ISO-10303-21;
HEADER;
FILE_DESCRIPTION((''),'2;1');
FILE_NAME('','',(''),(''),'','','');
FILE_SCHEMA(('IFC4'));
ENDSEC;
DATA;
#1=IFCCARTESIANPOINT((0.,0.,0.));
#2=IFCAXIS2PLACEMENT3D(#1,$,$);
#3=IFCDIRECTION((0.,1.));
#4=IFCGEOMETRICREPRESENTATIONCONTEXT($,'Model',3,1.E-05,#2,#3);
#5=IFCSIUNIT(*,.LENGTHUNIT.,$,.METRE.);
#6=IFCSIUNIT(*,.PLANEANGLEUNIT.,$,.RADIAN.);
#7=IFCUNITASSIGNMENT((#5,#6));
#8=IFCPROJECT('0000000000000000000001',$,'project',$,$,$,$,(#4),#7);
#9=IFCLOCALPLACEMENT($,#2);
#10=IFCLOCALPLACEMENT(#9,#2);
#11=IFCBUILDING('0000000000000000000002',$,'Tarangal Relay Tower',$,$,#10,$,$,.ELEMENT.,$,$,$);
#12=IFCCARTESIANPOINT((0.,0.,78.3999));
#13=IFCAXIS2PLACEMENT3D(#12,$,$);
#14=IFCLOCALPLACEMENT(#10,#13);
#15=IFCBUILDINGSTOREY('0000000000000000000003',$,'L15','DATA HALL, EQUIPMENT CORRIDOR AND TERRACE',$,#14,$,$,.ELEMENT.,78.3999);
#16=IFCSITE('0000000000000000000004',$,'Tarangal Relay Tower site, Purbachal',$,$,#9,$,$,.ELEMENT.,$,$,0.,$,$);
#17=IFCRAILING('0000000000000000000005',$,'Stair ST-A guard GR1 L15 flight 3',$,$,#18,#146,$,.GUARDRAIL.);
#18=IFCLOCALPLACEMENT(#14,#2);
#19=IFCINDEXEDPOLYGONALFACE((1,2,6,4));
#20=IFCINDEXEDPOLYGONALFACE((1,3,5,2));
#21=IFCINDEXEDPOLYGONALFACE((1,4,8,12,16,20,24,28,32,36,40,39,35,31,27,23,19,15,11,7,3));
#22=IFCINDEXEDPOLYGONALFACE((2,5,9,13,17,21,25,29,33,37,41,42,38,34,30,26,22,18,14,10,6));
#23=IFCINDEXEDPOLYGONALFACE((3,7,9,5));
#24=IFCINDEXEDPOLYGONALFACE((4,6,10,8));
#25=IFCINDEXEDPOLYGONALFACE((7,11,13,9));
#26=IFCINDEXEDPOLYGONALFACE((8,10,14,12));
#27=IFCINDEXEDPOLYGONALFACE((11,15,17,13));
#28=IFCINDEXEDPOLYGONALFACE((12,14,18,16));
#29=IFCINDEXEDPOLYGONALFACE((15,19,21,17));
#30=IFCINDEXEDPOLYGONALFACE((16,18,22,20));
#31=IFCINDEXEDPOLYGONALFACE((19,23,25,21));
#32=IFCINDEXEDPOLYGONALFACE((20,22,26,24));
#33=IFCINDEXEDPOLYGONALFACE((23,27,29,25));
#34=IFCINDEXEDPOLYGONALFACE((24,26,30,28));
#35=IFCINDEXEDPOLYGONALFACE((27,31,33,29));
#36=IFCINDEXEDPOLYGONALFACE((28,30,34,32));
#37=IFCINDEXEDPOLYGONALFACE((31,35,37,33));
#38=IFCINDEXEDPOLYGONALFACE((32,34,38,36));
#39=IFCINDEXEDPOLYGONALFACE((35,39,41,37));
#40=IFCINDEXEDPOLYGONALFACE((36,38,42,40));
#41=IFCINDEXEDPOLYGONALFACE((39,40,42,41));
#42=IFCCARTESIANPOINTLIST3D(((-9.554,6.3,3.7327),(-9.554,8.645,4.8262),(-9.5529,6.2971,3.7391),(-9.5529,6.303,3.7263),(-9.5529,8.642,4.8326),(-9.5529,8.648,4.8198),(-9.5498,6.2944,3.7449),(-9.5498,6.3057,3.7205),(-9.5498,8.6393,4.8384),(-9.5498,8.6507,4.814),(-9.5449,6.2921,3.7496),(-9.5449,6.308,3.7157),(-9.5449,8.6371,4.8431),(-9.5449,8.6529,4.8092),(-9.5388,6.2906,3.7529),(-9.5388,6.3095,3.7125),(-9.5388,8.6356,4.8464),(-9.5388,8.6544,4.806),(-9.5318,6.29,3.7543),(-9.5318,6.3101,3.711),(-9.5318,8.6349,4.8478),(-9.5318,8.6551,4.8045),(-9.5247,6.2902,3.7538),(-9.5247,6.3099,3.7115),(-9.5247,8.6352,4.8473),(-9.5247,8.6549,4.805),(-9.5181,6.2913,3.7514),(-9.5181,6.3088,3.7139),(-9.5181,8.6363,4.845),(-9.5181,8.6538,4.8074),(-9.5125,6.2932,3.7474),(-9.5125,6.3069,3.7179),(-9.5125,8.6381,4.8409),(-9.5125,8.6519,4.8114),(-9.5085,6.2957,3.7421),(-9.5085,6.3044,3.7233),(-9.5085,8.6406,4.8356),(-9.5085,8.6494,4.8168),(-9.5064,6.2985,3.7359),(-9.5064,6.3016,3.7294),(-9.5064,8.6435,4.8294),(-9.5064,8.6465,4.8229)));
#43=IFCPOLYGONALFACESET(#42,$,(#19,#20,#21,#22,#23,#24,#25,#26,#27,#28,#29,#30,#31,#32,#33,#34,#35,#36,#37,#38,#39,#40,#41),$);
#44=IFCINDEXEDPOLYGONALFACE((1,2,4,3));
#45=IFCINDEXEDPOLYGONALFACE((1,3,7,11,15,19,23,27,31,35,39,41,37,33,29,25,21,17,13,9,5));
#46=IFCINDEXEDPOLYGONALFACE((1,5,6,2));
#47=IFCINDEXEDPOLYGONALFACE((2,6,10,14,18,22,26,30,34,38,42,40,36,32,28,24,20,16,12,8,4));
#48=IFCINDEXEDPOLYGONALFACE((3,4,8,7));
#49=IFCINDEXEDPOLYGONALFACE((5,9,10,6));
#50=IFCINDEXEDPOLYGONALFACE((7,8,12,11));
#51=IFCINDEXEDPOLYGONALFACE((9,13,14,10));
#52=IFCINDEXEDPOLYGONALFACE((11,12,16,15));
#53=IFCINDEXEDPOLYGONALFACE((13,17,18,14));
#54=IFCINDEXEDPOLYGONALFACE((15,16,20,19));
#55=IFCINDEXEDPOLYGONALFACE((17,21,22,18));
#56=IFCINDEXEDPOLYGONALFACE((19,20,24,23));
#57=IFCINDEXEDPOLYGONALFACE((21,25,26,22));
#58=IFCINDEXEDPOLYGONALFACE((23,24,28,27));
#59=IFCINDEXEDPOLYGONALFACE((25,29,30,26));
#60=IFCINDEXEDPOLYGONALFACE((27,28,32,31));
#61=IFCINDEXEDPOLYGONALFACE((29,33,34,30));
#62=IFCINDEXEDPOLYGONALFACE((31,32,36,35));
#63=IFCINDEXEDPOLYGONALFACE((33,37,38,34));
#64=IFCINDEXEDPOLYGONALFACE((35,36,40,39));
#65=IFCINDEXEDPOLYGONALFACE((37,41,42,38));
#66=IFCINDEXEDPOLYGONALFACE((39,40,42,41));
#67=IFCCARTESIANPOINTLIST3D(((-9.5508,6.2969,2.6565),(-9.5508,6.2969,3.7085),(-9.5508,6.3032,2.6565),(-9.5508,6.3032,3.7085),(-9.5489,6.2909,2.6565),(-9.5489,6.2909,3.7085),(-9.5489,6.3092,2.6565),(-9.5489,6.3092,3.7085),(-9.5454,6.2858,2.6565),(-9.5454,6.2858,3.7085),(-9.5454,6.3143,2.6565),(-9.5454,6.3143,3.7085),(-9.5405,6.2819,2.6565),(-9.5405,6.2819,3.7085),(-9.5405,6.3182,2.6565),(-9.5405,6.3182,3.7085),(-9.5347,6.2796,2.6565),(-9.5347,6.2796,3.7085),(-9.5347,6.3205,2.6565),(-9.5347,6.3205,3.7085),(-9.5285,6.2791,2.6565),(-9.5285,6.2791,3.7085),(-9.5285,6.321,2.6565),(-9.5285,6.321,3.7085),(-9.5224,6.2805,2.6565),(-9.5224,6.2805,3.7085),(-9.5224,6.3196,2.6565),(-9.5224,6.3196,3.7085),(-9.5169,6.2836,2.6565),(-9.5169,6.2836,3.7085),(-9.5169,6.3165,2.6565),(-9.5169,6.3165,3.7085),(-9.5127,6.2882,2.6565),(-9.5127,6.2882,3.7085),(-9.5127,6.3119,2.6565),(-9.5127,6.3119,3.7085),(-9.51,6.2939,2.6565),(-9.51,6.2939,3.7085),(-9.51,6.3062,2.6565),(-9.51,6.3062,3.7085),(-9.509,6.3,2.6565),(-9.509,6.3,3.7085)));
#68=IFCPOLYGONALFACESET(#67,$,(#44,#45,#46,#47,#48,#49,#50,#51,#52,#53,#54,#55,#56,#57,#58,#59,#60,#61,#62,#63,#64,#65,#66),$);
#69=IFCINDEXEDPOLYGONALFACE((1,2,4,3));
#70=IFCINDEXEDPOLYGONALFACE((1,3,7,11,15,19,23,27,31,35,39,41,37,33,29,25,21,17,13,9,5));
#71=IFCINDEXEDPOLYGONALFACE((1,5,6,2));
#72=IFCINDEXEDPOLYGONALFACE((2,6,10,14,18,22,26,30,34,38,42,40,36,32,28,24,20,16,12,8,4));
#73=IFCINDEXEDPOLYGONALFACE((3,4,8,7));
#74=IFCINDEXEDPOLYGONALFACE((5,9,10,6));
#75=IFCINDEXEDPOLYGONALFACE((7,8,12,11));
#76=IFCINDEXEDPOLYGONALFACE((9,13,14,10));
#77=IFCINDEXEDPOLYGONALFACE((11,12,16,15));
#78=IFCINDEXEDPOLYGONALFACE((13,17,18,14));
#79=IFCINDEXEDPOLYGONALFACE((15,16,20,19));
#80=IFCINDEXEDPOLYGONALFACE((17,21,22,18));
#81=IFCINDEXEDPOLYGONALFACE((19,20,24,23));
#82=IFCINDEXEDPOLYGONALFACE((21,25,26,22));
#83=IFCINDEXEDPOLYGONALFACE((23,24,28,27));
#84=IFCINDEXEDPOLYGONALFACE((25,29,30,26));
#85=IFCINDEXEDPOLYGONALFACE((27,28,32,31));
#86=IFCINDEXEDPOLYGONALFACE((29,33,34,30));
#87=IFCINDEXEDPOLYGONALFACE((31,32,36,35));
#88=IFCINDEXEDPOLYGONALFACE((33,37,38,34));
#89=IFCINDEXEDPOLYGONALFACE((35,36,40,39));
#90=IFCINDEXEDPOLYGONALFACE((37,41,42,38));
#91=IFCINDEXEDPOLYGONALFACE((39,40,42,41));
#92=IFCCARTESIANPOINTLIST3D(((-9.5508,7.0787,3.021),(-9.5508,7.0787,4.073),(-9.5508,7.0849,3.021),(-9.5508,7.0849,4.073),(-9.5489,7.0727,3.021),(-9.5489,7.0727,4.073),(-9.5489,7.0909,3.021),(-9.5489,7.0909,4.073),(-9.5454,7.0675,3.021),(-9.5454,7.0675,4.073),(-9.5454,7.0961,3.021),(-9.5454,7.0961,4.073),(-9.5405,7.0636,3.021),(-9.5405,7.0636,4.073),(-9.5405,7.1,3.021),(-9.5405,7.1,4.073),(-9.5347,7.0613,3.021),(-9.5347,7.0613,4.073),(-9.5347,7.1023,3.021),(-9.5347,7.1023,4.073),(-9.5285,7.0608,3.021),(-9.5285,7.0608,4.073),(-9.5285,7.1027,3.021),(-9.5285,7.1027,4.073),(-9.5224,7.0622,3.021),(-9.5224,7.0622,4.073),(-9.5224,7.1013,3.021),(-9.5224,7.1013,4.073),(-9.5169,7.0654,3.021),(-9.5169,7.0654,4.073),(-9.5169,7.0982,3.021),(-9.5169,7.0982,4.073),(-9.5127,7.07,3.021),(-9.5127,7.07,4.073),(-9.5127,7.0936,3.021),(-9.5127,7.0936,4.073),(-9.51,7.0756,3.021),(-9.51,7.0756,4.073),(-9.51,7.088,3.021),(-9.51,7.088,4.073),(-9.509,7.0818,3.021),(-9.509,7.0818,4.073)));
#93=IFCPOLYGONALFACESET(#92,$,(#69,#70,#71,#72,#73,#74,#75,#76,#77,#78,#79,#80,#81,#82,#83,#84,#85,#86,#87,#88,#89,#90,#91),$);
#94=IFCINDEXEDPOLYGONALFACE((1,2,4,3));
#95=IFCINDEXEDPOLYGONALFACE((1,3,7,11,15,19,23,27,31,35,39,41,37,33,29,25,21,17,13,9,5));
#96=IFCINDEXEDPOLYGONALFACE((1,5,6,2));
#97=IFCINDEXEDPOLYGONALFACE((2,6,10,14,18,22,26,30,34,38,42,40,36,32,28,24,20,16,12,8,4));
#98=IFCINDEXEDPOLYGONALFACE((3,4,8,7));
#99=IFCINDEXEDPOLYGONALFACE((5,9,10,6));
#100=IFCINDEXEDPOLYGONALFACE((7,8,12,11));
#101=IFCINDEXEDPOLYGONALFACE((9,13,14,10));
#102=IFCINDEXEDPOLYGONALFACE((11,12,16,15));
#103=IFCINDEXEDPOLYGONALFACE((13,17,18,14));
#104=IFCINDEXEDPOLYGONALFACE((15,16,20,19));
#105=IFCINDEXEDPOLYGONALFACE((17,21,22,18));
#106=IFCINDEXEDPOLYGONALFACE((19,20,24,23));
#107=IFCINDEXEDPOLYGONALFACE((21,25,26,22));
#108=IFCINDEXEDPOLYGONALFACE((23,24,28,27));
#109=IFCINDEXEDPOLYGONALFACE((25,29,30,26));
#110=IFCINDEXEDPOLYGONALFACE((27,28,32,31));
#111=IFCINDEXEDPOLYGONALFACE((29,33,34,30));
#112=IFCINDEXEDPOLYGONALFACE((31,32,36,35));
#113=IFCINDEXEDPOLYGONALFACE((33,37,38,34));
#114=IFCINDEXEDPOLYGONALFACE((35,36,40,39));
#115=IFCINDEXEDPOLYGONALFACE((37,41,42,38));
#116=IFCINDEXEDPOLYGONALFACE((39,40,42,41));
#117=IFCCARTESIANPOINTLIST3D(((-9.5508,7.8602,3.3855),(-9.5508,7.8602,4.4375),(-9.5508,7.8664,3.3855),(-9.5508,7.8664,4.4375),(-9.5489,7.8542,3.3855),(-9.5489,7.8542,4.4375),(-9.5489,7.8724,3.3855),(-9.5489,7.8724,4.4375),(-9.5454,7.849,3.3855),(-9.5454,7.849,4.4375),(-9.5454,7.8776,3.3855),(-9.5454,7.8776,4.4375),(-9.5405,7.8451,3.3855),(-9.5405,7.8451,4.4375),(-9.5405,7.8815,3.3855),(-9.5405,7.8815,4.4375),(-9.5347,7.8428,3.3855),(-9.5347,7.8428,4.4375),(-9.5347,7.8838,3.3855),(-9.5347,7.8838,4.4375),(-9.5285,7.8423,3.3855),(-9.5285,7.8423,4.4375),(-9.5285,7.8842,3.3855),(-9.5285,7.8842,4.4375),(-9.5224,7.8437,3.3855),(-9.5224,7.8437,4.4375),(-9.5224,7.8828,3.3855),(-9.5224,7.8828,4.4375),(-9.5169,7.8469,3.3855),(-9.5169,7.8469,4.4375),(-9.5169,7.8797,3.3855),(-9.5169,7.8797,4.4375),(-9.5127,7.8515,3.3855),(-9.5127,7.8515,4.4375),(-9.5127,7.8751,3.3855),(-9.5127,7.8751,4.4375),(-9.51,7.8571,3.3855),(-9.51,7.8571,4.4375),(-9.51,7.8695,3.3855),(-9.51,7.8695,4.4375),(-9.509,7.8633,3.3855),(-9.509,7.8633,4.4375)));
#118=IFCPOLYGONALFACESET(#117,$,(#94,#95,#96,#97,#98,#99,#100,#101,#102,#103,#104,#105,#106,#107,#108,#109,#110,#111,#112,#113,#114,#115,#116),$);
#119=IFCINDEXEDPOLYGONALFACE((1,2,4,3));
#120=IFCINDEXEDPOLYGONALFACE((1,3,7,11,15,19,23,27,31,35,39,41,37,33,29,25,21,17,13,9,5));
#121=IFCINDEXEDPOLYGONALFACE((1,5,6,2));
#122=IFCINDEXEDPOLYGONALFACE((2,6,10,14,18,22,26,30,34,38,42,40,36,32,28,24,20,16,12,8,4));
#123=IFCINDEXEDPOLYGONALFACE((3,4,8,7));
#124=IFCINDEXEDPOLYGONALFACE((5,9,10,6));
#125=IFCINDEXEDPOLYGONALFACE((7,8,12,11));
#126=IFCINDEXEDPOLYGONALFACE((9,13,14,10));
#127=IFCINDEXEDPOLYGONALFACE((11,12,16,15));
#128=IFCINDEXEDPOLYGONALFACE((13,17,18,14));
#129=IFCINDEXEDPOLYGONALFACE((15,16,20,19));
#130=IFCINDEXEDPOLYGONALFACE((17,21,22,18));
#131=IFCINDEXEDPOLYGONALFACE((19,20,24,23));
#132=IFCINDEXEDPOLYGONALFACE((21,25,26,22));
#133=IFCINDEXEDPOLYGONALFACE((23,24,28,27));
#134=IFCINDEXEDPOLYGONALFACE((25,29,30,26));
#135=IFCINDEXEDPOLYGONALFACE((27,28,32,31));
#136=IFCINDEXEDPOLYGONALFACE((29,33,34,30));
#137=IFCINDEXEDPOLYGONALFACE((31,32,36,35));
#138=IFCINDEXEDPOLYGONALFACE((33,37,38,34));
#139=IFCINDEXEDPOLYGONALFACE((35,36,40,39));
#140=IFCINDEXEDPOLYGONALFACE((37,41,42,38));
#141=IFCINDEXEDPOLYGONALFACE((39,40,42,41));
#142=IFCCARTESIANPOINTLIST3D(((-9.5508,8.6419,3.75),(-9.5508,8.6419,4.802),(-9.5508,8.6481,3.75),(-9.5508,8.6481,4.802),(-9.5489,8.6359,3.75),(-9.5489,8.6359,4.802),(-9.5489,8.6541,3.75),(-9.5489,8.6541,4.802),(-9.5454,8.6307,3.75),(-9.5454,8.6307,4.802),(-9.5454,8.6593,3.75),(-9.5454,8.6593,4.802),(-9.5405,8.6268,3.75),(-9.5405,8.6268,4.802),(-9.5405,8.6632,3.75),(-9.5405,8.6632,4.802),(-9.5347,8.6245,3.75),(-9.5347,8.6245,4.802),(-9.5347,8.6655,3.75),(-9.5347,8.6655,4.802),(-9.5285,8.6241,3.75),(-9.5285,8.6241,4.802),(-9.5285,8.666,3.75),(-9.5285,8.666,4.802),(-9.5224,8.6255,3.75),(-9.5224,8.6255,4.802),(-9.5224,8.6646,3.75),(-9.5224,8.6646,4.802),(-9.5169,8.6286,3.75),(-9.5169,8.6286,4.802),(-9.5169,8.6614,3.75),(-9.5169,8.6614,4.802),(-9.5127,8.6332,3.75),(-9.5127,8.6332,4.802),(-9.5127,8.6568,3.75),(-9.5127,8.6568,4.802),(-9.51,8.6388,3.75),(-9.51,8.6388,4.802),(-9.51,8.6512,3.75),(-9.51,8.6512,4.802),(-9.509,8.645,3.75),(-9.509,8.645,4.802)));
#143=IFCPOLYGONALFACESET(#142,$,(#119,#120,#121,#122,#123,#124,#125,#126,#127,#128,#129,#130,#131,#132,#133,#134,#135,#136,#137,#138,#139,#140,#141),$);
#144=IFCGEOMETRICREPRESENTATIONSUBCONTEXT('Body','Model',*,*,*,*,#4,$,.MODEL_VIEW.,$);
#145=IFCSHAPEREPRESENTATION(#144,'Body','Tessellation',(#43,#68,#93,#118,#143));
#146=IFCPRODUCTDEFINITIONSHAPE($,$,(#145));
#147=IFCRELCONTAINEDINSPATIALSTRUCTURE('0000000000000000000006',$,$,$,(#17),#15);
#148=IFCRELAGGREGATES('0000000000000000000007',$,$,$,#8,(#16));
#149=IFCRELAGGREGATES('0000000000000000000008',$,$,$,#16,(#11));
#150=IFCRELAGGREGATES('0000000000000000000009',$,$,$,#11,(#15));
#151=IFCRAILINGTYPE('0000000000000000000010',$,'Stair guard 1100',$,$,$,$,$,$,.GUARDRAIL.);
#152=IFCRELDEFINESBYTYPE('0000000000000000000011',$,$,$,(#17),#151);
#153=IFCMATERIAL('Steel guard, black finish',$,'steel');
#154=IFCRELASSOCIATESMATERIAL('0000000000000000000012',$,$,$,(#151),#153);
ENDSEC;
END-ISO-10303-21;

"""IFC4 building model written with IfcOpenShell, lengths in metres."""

from ifc_helpers import new_model, si_unit, direction, frame, origin, origin_2d, place, context, subcontext, project, spatial, circle, extrude, material, type_object, element, save


model = new_model("IFC4")

# Units and contexts
model_context = context("Model", 3, precision=1e-05, world=origin(), true_north=direction((0.0, 1.0)))
body_context = subcontext(model_context, "Body", "Model", "MODEL_VIEW")
ifc_project = project(units=[si_unit("LENGTHUNIT", "METRE"), si_unit("PLANEANGLEUNIT", "RADIAN")], contexts=[model_context])

# Site, building, storey
site_placement = place(None, origin())
site = spatial("IfcSite", under=ifc_project, at=site_placement, Name="Tarangal Relay Tower site, Purbachal", CompositionType="ELEMENT", RefElevation=0.0)
building_placement = place(site_placement, origin())
building = spatial("IfcBuilding", under=site, at=building_placement, Name="Tarangal Relay Tower", CompositionType="ELEMENT")
storey_placement = place(building_placement, frame((0.0, 0.0, 78.3999)))
storey = spatial("IfcBuildingStorey", under=building, at=storey_placement, Name="L15", Description="DATA HALL, EQUIPMENT CORRIDOR AND TERRACE", CompositionType="ELEMENT", Elevation=78.3999)

# Railing
ifc_material_1 = material(Name="Steel guard, black finish", Category="steel")
railing_type_1 = type_object("IfcRailingType", Name="Stair guard 1100", PredefinedType="GUARDRAIL", material=ifc_material_1)
for number, where, name in (
    (1, (-9.53, 6.3, 2.6565), "Stair ST-A guard GR1 L15 flight 3"),
):
    element("IfcRailing", number, at=place(storey_placement, frame(where)), inside=storey, type_object=railing_type_1, Name=name, PredefinedType="GUARDRAIL", context=body_context, shape_type="SweptSolid", body=[
        extrude(circle(Radius=0.0239, at=origin_2d()), frame((0.0, 0.0, 1.0762), z_axis=(0.0, 0.906304, 0.422627), x_axis=(-1.0, 0.0, 0.0)), (0.0, 0.0, 1.0), 2.5874),
        extrude(circle(Radius=0.021, at=origin_2d()), origin(), (0.0, 0.0, 1.0), 1.052),
        extrude(circle(Radius=0.021, at=origin_2d()), frame((0.0, 0.7817, 0.3645)), (0.0, 0.0, 1.0), 1.052),
        extrude(circle(Radius=0.021, at=origin_2d()), frame((0.0, 1.5632, 0.729)), (0.0, 0.0, 1.0), 1.052),
        extrude(circle(Radius=0.021, at=origin_2d()), frame((0.0, 2.345, 1.0935)), (0.0, 0.0, 1.0), 1.052),
    ])

save(model, "model.ifc")
